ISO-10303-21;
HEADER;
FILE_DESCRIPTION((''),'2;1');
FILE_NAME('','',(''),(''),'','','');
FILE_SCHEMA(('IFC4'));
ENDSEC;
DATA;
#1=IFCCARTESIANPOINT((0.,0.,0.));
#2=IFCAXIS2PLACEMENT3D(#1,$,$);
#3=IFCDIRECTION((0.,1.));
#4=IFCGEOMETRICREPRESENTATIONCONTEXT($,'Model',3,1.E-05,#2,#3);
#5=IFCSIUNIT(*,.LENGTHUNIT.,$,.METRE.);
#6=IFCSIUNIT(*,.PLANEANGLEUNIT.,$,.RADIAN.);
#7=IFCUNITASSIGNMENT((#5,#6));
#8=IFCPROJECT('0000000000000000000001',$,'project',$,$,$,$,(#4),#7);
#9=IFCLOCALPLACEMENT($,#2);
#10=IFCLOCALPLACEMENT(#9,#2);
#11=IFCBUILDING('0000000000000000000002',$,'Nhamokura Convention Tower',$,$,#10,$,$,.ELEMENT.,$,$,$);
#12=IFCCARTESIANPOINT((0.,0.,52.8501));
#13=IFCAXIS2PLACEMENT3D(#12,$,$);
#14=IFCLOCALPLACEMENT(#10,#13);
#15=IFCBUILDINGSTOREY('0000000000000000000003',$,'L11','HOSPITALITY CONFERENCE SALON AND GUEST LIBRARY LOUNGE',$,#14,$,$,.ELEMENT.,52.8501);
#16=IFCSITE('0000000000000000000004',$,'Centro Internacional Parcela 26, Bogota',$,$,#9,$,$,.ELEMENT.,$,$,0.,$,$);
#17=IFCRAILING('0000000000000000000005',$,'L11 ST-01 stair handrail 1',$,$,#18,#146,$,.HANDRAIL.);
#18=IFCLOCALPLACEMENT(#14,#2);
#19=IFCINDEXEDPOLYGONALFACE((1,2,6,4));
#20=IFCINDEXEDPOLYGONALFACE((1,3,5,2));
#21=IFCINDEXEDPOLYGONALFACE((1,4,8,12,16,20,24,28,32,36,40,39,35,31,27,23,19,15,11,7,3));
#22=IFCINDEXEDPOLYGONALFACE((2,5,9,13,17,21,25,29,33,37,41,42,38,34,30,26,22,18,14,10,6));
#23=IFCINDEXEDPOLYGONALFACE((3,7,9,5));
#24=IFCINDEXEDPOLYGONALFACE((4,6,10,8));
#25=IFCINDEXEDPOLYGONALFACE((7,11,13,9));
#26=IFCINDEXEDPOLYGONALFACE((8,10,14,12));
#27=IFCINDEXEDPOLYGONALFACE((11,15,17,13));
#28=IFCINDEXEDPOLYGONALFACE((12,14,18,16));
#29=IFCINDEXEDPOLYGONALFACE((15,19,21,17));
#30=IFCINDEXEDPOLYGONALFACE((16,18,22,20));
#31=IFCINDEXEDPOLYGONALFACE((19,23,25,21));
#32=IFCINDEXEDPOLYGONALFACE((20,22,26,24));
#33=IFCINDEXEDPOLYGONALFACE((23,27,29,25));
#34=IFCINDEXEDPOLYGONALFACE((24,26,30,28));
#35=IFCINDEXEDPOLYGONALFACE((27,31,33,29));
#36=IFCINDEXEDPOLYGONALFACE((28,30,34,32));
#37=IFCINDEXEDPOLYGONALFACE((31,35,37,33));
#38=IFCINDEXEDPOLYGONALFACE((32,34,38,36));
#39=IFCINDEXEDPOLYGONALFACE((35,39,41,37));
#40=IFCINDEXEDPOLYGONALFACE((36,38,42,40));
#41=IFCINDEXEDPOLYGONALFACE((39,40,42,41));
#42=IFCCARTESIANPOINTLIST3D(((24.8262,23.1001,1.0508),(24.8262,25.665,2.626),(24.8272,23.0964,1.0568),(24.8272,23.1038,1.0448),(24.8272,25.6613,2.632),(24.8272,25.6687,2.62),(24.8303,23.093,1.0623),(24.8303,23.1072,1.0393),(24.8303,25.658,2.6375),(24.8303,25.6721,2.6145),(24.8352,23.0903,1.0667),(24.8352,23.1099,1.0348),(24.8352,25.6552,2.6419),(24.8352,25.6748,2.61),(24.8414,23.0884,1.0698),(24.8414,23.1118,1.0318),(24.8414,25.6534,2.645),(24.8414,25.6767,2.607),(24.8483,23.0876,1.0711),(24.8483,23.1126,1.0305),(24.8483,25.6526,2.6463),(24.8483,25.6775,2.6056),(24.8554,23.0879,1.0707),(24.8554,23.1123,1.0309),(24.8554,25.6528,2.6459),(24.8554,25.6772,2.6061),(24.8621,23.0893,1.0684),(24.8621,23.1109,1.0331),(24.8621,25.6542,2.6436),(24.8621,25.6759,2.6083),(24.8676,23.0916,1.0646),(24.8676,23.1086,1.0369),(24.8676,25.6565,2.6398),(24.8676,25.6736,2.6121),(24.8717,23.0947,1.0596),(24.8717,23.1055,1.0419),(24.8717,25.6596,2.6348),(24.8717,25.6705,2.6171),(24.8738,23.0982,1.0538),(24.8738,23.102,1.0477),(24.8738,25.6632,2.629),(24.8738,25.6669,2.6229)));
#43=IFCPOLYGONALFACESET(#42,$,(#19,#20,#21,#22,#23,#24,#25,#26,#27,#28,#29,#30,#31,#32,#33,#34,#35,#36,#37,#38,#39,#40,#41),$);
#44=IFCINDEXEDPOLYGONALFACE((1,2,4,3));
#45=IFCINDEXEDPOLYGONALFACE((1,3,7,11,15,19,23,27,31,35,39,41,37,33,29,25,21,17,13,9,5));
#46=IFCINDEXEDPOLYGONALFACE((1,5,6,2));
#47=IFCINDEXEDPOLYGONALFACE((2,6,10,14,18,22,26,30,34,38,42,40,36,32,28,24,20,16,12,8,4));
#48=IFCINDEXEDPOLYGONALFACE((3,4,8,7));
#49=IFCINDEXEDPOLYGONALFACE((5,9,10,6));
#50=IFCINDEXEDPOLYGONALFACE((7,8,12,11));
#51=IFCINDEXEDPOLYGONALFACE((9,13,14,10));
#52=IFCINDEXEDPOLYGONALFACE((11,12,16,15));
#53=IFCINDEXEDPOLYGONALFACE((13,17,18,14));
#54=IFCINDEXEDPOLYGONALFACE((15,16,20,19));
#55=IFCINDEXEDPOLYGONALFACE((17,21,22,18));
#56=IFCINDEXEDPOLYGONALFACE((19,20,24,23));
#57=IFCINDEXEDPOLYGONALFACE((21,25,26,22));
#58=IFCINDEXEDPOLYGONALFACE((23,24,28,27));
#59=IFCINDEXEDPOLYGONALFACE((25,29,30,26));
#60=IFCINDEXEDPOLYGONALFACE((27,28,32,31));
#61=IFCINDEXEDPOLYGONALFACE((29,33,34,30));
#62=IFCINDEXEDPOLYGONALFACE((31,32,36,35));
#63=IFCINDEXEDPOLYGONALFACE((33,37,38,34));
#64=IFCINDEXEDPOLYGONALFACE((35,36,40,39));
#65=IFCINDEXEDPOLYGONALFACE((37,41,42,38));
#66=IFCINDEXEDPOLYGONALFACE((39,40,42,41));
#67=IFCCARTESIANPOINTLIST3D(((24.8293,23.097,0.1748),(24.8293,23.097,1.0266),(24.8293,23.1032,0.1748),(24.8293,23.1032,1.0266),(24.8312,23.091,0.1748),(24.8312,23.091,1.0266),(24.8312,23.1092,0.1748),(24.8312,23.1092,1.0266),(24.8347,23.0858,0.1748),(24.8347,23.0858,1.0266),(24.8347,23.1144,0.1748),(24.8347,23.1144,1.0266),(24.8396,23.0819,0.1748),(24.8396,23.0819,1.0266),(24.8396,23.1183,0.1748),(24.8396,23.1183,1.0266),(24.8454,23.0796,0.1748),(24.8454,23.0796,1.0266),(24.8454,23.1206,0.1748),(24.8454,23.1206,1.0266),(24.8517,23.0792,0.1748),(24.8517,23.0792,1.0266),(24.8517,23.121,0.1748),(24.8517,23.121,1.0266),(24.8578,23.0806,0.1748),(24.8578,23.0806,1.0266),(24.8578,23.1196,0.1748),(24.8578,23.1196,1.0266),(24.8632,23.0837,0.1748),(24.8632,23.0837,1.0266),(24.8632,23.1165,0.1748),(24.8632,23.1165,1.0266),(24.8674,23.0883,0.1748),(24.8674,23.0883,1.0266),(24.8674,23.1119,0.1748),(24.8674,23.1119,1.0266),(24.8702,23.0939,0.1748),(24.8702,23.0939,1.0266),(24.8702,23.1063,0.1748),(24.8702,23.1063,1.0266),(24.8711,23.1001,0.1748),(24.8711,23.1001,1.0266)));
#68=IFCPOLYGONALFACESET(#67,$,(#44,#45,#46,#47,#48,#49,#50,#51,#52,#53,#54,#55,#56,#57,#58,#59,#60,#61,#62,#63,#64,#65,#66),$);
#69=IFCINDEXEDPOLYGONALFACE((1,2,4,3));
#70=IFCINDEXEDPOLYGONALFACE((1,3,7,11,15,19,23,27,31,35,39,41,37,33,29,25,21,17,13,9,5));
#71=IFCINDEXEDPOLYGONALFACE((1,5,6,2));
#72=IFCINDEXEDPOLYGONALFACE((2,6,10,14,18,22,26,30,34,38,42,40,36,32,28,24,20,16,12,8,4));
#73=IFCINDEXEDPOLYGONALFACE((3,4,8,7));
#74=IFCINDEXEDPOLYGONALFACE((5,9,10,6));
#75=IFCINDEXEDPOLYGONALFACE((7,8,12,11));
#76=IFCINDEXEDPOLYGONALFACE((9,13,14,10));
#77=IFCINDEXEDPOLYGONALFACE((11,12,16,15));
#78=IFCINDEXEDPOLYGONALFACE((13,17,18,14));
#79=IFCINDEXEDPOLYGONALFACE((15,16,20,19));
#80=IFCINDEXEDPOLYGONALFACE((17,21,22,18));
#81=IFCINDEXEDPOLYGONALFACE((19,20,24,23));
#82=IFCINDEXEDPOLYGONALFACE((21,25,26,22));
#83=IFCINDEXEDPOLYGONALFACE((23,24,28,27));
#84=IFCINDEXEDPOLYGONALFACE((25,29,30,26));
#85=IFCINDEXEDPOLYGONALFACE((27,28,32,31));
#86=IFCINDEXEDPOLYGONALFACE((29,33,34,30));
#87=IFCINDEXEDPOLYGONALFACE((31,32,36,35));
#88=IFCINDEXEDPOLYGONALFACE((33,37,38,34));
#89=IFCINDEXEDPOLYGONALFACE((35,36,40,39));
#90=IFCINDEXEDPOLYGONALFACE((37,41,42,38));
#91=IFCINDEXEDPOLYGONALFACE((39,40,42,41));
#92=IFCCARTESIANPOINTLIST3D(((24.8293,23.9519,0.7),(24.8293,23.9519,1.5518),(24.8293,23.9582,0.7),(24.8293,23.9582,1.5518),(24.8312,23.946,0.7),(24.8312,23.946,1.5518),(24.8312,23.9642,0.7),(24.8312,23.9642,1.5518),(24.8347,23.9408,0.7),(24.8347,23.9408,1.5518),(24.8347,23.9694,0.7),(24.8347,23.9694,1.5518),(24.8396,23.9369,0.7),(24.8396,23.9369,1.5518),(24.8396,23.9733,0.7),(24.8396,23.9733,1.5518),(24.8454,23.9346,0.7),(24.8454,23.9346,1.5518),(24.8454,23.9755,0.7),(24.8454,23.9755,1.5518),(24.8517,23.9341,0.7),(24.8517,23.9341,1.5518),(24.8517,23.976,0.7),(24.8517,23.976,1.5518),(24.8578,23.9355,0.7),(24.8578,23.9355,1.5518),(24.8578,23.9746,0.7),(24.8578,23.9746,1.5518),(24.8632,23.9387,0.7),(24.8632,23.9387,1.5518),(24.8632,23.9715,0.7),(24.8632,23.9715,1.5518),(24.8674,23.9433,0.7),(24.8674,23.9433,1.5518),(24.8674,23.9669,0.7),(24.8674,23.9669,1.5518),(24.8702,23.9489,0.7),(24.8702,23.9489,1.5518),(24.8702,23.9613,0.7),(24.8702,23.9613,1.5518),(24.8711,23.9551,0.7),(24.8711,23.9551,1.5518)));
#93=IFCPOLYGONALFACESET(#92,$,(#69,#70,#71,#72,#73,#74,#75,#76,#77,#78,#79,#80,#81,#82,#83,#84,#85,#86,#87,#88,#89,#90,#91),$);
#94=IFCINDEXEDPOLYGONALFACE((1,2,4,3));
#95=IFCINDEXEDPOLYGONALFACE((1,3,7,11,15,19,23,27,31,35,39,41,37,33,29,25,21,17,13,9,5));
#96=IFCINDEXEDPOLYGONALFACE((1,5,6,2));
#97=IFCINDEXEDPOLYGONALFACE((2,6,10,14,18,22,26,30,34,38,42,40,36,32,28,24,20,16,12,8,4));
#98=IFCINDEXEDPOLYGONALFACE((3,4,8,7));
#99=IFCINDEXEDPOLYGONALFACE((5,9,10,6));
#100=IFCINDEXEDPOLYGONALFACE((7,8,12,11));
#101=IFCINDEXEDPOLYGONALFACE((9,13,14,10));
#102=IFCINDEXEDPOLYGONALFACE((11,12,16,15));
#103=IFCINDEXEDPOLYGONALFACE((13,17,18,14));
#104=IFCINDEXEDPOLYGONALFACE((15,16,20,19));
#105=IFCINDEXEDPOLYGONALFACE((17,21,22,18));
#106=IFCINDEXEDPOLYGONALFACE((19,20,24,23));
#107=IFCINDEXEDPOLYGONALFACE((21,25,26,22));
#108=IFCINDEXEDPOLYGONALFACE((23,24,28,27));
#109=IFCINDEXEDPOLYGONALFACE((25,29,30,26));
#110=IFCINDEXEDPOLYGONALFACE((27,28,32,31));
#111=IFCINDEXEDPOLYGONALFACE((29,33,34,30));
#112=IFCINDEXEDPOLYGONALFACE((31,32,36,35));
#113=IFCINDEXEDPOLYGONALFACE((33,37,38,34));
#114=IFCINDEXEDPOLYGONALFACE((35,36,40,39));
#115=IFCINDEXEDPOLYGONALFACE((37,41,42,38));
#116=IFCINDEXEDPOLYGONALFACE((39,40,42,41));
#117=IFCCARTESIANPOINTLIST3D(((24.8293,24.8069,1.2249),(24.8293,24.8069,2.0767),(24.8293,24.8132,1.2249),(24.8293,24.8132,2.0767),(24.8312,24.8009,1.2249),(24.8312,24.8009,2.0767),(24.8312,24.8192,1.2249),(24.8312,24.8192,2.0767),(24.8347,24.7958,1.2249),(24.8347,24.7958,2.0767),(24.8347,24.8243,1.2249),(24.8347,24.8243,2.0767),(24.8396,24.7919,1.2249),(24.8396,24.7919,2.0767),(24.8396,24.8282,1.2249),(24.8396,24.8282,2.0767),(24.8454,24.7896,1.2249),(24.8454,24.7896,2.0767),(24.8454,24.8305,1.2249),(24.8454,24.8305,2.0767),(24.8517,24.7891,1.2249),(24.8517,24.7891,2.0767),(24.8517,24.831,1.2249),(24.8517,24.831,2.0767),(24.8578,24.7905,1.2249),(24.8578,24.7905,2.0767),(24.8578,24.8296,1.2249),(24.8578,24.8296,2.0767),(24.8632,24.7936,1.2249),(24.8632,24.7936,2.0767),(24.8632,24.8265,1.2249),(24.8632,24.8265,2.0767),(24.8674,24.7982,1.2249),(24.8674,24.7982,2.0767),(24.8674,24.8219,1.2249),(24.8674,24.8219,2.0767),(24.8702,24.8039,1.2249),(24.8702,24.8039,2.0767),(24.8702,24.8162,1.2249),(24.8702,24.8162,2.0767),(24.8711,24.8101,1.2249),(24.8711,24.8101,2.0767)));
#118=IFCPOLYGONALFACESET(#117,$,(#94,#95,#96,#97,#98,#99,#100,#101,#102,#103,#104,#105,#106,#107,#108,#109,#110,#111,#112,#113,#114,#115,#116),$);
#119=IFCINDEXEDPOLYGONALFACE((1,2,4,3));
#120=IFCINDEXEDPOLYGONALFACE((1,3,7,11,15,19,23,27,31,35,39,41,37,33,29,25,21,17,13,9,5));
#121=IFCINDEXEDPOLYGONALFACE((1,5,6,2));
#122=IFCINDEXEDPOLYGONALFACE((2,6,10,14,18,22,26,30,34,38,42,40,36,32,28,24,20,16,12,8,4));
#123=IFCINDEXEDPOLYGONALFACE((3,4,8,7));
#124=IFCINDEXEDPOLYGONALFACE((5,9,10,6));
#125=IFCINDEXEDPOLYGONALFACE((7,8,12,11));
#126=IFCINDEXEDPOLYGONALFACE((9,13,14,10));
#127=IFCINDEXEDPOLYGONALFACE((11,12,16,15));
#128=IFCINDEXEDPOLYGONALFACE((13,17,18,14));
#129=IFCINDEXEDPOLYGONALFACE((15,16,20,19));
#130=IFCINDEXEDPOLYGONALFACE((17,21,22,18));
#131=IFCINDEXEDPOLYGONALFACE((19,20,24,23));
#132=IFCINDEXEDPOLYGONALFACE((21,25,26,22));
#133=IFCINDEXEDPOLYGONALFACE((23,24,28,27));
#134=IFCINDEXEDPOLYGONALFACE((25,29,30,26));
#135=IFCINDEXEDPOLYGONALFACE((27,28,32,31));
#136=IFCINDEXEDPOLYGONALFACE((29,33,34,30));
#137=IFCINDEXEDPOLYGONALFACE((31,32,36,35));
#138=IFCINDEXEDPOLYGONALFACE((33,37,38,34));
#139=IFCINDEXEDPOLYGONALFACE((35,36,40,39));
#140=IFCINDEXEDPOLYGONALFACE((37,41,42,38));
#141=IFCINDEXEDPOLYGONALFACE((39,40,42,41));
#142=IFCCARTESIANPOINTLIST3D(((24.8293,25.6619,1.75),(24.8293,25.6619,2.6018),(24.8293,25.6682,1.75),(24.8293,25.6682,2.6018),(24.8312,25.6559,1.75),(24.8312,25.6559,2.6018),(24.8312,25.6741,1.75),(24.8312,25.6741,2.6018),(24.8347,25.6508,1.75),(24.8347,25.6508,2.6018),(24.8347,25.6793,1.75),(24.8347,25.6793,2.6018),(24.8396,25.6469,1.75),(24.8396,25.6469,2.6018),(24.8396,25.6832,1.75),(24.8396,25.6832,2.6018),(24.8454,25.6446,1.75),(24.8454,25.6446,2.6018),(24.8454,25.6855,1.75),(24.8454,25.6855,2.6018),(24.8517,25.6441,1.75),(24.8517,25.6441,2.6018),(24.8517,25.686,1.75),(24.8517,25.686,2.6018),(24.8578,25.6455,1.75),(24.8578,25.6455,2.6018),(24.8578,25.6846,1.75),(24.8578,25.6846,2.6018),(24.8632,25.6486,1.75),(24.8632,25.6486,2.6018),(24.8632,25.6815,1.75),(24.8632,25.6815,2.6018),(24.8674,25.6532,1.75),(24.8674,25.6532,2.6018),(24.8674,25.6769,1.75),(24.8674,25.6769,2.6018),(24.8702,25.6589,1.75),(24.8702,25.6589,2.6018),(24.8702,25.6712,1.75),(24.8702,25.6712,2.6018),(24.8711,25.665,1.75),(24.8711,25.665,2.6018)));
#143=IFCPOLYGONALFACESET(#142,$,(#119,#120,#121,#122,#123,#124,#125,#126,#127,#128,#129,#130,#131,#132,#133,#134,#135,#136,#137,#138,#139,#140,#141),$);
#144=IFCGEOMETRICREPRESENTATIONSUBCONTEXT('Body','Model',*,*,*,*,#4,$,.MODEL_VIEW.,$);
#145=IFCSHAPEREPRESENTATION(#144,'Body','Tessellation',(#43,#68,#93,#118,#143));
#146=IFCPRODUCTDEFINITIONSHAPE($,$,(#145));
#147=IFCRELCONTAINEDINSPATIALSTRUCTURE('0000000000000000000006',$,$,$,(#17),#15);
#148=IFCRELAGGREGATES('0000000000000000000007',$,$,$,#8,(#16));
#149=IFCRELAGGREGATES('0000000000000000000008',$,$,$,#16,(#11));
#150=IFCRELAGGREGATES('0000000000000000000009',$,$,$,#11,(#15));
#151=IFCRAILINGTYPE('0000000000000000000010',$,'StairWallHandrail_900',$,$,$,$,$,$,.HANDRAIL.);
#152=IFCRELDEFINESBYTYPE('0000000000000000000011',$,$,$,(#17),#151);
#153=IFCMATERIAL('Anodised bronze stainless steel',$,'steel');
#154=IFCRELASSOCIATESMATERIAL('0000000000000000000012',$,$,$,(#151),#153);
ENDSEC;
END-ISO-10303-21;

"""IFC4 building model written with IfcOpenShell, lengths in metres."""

from ifc_helpers import new_model, si_unit, direction, frame, origin, origin_2d, place, context, subcontext, project, spatial, circle, extrude, material, type_object, element, save


model = new_model("IFC4")

# Units and contexts
model_context = context("Model", 3, precision=1e-05, world=origin(), true_north=direction((0.0, 1.0)))
body_context = subcontext(model_context, "Body", "Model", "MODEL_VIEW")
ifc_project = project(units=[si_unit("LENGTHUNIT", "METRE"), si_unit("PLANEANGLEUNIT", "RADIAN")], contexts=[model_context])

# Site, building, storey
site_placement = place(None, origin())
site = spatial("IfcSite", under=ifc_project, at=site_placement, Name="Centro Internacional Parcela 26, Bogota", CompositionType="ELEMENT", RefElevation=0.0)
building_placement = place(site_placement, origin())
building = spatial("IfcBuilding", under=site, at=building_placement, Name="Nhamokura Convention Tower", CompositionType="ELEMENT")
storey_placement = place(building_placement, frame((0.0, 0.0, 52.8501)))
storey = spatial("IfcBuildingStorey", under=building, at=storey_placement, Name="L11", Description="HOSPITALITY CONFERENCE SALON AND GUEST LIBRARY LOUNGE", CompositionType="ELEMENT", Elevation=52.8501)

# Railing
ifc_material_1 = material(Name="Anodised bronze stainless steel", Category="steel")
railing_type_1 = type_object("IfcRailingType", Name="StairWallHandrail_900", PredefinedType="HANDRAIL", material=ifc_material_1)
railing_1_placement = place(storey_placement, frame((24.8501, 23.1001, 0.1748)))
element("IfcRailing", 1, at=railing_1_placement, inside=storey, type_object=railing_type_1, Name="L11 ST-01 stair handrail 1", PredefinedType="HANDRAIL", context=body_context, shape_type="SweptSolid", body=[
    extrude(circle(Radius=0.0239, at=origin_2d()), frame((0.0, 0.0, 0.876), z_axis=(0.0, 0.852137, 0.523319), x_axis=(-1.0, 0.0, 0.0)), (0.0, 0.0, 1.0), 3.01),
    extrude(circle(Radius=0.021, at=origin_2d()), origin(), (0.0, 0.0, 1.0), 0.8518),
    extrude(circle(Radius=0.021, at=origin_2d()), frame((0.0, 0.855, 0.5251)), (0.0, 0.0, 1.0), 0.8518),
    extrude(circle(Radius=0.021, at=origin_2d()), frame((0.0, 1.71, 1.05)), (0.0, 0.0, 1.0), 0.8518),
    extrude(circle(Radius=0.021, at=origin_2d()), frame((0.0, 2.5649, 1.5752)), (0.0, 0.0, 1.0), 0.8518),
])

save(model, "model.ifc")
